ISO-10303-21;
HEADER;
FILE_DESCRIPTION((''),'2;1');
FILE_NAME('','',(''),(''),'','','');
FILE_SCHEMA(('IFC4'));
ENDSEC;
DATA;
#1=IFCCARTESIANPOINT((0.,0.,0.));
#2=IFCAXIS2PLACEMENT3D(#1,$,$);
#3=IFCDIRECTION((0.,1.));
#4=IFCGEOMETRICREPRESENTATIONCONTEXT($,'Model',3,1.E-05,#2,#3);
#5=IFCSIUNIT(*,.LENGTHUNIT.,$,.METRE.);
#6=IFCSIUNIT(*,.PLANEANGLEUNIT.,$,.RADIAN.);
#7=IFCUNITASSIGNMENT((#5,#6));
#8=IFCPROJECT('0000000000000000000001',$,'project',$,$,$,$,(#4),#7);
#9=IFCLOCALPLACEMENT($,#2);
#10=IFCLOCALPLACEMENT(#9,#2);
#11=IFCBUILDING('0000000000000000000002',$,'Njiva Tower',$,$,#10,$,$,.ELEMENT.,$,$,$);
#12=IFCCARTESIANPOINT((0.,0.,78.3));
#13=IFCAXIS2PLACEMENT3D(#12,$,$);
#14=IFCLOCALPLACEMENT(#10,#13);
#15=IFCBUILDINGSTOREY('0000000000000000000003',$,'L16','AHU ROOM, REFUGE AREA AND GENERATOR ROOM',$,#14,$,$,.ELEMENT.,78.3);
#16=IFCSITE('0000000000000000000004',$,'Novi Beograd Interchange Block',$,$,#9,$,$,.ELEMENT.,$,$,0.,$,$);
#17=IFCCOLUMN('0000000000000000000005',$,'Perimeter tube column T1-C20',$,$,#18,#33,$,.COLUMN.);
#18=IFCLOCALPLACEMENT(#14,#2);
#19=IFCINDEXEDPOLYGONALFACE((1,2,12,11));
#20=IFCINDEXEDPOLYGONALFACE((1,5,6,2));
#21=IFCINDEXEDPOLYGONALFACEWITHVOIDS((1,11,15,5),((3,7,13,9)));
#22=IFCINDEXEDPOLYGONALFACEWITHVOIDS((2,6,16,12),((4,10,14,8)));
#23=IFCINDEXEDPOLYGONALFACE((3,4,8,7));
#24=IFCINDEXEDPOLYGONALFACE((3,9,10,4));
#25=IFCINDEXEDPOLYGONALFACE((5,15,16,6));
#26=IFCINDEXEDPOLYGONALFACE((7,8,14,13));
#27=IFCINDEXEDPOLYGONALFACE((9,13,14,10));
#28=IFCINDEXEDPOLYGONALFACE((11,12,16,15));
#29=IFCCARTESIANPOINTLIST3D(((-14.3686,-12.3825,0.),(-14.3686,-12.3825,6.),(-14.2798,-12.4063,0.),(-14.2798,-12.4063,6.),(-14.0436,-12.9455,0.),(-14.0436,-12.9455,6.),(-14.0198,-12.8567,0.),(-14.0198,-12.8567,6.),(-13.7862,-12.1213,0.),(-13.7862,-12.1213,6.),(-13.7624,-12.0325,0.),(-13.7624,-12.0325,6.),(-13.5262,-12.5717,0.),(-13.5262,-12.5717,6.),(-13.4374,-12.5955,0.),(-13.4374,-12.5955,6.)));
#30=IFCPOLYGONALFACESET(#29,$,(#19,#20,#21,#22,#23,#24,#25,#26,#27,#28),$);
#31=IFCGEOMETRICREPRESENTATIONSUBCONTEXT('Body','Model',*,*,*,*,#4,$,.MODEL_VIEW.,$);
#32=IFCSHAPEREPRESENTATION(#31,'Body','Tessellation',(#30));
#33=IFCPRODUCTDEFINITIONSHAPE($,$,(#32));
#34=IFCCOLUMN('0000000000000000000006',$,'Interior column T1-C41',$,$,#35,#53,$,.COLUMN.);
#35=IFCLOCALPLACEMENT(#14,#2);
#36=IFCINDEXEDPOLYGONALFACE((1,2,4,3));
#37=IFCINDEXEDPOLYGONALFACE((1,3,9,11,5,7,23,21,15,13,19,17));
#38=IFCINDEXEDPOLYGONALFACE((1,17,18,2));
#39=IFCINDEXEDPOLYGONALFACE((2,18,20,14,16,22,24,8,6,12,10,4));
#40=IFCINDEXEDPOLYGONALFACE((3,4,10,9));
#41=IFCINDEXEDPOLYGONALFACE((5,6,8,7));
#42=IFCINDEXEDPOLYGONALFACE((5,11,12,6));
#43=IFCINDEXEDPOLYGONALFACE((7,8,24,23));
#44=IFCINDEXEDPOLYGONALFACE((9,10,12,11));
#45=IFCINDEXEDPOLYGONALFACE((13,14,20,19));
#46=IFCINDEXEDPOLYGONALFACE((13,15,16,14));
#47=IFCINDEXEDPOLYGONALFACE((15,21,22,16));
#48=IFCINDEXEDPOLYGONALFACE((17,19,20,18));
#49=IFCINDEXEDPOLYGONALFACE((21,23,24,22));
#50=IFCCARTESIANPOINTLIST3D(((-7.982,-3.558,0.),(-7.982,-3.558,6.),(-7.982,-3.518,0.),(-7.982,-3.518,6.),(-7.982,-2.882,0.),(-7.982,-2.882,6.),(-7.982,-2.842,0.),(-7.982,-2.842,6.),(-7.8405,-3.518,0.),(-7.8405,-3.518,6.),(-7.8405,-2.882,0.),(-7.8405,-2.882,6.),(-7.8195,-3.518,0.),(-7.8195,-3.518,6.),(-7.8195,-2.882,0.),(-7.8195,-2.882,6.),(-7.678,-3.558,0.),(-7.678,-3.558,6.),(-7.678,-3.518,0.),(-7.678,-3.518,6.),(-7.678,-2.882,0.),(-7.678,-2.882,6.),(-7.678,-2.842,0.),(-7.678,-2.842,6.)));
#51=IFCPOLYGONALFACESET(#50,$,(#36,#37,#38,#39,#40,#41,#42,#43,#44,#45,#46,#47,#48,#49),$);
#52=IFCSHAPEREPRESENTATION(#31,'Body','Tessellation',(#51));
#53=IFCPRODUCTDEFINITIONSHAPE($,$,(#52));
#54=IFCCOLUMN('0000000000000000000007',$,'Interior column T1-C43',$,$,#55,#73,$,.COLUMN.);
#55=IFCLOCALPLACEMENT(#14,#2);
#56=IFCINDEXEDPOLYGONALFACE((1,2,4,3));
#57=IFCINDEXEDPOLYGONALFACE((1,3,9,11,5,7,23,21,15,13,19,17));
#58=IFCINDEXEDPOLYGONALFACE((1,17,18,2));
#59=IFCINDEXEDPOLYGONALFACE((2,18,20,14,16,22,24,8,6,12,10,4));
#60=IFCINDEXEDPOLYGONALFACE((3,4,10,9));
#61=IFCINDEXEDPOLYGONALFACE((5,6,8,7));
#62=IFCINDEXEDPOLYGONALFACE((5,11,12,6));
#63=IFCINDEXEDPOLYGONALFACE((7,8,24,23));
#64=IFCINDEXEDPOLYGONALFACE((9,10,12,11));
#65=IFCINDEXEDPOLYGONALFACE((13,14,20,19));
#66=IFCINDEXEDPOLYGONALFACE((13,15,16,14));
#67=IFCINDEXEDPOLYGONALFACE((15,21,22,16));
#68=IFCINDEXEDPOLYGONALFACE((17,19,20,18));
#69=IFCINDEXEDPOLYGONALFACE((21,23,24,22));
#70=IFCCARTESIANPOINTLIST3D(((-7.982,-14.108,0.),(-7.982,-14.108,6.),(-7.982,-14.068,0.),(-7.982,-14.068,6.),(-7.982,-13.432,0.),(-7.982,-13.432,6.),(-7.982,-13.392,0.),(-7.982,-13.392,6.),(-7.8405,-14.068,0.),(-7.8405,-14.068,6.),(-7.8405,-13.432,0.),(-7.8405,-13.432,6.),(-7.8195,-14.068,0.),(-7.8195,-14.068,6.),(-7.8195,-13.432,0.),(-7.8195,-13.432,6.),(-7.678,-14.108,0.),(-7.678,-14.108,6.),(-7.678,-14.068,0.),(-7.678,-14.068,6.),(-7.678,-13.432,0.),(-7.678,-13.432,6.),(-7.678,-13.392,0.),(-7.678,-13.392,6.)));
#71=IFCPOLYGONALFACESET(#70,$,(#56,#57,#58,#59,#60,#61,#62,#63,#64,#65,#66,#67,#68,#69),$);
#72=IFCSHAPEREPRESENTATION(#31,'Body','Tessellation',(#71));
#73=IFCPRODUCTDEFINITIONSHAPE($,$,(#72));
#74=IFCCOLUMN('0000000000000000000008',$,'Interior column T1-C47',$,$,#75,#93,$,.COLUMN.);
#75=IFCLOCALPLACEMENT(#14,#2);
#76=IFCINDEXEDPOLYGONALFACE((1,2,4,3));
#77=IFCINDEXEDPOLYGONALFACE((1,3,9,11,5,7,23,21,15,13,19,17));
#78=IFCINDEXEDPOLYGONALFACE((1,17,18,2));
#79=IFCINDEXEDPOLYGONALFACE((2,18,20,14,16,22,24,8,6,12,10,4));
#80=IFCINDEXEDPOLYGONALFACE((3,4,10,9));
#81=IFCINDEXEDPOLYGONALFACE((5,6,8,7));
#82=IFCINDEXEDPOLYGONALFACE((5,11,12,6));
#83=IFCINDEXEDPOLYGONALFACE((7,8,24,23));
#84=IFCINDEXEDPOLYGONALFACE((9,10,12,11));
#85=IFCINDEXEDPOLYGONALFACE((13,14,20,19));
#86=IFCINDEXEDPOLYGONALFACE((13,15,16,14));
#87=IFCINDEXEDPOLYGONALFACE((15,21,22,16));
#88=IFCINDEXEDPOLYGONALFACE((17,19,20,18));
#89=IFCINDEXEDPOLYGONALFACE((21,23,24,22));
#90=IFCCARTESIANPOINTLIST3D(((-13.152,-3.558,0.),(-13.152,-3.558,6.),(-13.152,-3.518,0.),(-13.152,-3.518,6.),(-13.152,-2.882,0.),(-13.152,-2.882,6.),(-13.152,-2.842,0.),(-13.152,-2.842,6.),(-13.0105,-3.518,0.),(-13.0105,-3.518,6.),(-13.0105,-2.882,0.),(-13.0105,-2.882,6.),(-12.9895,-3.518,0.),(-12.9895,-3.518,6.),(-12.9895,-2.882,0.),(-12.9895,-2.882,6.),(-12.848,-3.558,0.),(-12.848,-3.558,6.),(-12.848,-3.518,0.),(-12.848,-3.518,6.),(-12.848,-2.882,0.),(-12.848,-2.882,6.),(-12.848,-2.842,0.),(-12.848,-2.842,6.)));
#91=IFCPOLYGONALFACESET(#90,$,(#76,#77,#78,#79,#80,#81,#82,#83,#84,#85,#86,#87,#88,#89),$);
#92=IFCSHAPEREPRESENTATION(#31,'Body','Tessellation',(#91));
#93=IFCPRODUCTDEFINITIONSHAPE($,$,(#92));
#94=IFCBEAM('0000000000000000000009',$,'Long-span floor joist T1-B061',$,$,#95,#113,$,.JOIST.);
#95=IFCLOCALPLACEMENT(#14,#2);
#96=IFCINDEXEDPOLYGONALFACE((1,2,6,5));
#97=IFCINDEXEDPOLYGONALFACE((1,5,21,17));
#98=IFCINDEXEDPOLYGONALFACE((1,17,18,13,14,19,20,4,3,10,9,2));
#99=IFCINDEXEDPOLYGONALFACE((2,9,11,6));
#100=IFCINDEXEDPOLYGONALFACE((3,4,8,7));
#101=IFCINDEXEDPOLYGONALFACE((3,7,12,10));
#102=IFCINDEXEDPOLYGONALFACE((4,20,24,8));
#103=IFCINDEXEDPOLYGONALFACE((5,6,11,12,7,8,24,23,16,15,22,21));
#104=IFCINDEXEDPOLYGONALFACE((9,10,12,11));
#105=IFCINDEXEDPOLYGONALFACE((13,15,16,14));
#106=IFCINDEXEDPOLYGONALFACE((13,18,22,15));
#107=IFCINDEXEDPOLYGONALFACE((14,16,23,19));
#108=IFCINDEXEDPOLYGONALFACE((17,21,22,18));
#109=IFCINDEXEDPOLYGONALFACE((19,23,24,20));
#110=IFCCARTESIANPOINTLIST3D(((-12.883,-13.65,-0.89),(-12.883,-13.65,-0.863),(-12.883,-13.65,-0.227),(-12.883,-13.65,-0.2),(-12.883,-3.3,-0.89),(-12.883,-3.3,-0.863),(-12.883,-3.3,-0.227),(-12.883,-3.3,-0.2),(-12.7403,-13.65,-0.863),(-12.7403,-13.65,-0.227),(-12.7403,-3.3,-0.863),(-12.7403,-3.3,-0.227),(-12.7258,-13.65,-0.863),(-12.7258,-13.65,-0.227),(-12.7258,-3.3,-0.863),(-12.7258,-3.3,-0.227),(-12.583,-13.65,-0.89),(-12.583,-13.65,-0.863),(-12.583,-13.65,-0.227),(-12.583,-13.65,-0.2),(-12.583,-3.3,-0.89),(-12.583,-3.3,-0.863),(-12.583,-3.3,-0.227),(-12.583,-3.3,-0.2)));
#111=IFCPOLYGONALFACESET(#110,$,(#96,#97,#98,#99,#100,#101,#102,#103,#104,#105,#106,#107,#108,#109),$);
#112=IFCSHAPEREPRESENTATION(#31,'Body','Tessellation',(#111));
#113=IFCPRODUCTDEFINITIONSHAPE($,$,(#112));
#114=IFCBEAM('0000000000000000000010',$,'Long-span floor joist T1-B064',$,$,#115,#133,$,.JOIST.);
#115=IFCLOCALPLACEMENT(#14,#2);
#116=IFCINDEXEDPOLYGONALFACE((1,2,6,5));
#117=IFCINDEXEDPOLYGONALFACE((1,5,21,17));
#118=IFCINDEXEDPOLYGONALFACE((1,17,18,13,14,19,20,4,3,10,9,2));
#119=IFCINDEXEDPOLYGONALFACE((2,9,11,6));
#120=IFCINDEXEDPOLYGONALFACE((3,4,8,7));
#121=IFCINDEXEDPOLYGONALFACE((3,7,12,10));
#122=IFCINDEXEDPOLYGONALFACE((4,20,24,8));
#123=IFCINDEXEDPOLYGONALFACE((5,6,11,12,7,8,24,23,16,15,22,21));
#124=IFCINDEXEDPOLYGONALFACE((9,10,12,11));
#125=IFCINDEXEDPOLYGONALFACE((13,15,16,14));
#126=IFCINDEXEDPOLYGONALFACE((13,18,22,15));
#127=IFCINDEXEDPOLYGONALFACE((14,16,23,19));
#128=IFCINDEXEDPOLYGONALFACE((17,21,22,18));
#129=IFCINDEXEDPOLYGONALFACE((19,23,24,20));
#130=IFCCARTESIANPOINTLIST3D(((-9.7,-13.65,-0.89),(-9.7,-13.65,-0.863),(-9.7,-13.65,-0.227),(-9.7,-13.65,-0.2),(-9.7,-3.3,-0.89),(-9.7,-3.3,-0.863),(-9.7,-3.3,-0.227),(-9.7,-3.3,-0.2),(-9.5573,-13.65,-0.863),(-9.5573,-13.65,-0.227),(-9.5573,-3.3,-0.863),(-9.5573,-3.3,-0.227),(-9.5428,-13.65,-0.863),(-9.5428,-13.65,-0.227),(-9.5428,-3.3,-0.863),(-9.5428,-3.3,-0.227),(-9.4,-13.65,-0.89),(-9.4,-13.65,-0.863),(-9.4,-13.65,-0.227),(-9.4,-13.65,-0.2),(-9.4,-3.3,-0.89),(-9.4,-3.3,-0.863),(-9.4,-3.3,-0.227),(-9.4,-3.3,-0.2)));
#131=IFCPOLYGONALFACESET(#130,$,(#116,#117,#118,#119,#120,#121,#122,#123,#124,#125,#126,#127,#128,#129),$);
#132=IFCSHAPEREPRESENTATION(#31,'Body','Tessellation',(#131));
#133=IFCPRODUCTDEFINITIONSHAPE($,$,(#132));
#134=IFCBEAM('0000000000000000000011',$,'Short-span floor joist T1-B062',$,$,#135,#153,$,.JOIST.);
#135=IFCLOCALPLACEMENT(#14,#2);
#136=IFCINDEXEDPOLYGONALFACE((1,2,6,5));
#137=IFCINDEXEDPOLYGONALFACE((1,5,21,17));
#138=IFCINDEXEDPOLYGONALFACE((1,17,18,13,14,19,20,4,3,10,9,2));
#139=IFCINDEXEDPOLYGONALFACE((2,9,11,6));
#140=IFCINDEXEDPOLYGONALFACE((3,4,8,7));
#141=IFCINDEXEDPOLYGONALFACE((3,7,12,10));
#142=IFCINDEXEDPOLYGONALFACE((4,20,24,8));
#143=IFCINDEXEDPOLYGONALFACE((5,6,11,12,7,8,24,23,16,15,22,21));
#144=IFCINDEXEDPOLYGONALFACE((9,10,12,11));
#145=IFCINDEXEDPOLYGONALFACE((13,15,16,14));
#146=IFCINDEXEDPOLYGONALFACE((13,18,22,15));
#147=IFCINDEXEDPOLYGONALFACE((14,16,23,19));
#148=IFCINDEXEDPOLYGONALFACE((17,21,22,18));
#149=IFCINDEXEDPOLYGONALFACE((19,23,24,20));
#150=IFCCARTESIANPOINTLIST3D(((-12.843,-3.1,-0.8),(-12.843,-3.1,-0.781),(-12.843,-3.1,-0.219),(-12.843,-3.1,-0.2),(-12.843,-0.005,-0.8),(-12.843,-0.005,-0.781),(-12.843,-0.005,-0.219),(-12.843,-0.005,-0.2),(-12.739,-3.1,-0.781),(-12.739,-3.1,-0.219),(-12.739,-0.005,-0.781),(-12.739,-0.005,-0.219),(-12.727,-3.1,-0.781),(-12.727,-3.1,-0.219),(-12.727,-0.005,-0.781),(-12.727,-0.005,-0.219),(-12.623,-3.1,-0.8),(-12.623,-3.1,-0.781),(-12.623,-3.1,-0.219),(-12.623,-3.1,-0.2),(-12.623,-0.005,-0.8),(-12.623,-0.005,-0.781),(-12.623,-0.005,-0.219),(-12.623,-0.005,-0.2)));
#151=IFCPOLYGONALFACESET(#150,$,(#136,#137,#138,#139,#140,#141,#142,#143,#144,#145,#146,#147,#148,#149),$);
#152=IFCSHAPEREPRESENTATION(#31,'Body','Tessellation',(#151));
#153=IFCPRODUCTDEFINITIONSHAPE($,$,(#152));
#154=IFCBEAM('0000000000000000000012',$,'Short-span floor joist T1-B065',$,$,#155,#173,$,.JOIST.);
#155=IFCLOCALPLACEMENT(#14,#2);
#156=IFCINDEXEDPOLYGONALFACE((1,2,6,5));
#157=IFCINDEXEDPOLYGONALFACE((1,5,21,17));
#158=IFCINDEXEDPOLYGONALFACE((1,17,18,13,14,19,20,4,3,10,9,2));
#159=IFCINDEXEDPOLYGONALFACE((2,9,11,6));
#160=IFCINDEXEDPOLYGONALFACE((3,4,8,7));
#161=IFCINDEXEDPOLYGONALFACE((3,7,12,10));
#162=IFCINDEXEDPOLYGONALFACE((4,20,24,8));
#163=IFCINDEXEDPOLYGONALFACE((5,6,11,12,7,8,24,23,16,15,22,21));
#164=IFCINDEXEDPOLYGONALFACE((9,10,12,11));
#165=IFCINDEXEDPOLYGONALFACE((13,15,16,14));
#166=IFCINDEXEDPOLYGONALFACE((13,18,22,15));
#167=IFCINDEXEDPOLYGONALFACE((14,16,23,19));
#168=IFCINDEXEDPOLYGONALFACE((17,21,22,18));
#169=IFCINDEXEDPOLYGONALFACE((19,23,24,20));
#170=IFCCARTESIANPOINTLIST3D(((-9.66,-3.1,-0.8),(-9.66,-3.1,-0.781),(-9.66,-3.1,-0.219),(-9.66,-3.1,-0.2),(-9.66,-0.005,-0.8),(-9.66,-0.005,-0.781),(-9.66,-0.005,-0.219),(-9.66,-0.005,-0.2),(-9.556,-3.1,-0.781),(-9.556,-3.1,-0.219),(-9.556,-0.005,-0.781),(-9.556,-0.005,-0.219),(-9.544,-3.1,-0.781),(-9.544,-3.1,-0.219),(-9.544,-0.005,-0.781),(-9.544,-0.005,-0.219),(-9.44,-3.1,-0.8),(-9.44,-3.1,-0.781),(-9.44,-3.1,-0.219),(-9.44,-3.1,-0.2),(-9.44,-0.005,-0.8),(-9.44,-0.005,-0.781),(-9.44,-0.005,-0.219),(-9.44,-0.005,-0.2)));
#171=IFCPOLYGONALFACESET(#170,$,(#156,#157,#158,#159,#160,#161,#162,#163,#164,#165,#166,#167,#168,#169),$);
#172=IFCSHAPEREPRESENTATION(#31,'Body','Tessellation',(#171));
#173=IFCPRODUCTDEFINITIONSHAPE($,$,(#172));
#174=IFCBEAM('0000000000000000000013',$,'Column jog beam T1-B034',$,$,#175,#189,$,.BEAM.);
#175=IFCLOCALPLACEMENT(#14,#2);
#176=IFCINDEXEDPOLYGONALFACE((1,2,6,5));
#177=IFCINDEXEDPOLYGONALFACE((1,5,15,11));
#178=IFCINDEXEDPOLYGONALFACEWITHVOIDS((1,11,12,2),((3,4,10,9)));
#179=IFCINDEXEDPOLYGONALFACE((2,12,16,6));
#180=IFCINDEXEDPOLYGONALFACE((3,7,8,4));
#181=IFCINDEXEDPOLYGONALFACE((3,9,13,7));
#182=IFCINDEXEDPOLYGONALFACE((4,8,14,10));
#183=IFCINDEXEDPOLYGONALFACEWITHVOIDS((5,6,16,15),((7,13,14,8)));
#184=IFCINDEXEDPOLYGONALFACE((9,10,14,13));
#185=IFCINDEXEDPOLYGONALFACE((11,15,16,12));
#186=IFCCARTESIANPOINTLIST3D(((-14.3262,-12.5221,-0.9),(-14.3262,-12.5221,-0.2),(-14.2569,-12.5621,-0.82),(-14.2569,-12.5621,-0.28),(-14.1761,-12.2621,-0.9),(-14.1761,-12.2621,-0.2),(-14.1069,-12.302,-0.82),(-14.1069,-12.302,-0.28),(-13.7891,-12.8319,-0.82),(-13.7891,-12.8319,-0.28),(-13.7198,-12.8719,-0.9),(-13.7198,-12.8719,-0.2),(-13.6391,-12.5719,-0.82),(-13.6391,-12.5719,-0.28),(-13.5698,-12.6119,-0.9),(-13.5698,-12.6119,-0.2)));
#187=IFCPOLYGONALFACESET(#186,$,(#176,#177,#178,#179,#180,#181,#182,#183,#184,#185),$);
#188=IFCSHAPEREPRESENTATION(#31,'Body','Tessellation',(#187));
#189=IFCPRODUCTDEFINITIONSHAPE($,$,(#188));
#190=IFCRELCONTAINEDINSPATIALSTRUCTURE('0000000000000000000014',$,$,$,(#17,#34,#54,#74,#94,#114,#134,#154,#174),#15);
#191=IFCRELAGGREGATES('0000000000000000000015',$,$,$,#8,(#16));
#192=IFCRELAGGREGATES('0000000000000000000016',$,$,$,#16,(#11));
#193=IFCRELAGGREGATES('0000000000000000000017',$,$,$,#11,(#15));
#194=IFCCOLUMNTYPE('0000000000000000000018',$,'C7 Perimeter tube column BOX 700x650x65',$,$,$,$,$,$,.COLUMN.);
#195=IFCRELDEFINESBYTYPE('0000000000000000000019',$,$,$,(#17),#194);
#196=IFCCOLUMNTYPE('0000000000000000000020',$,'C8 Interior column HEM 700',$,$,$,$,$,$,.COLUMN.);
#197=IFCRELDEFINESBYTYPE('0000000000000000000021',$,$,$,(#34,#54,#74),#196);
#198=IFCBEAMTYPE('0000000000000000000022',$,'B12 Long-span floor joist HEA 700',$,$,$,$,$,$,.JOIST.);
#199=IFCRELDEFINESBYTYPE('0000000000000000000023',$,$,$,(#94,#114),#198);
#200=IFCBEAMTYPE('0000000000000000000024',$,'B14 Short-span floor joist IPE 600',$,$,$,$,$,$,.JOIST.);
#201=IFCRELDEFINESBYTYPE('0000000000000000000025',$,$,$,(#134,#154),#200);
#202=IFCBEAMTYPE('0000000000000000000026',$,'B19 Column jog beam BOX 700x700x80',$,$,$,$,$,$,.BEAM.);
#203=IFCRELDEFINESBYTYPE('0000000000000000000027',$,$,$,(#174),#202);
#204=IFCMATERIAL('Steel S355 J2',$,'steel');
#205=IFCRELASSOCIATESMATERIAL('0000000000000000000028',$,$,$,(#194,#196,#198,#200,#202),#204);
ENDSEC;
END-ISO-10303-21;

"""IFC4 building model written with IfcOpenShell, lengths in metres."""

from ifc_helpers import new_model, si_unit, direction, frame, origin, origin_2d, place, context, subcontext, project, spatial, hollow_rectangle, i_section, extrude, material, material_profile, profile_set, type_object, element, save


model = new_model("IFC4")

# Units and contexts
model_context = context("Model", 3, precision=1e-05, world=origin(), true_north=direction((0.0, 1.0)))
body_context = subcontext(model_context, "Body", "Model", "MODEL_VIEW")
ifc_project = project(units=[si_unit("LENGTHUNIT", "METRE"), si_unit("PLANEANGLEUNIT", "RADIAN")], contexts=[model_context])

# Site, building, storey
site_placement = place(None, origin())
site = spatial("IfcSite", under=ifc_project, at=site_placement, Name="Novi Beograd Interchange Block", CompositionType="ELEMENT", RefElevation=0.0)
building_placement = place(site_placement, origin())
building = spatial("IfcBuilding", under=site, at=building_placement, Name="Njiva Tower", CompositionType="ELEMENT")
storey_placement = place(building_placement, frame((0.0, 0.0, 78.3)))
storey = spatial("IfcBuildingStorey", under=building, at=storey_placement, Name="L16", Description="AHU ROOM, REFUGE AREA AND GENERATOR ROOM", CompositionType="ELEMENT", Elevation=78.3)

# Columns
ifc_material_1 = material(Name="Steel S355 J2", Category="steel")
ifc_material_profile_1 = material_profile(ifc_material_1, hollow_rectangle(XDim=0.65, YDim=0.7, WallThickness=0.065, at=origin_2d()), Name="BOX 700x650x65")
ifc_profile_set_1 = profile_set([ifc_material_profile_1], Name="Steel S355 J2")
column_type_1 = type_object("IfcColumnType", Name="C7 Perimeter tube column BOX 700x650x65", PredefinedType="COLUMN", material=ifc_profile_set_1)
column_placement = place(storey_placement, frame((-13.903, -12.489, 0.0), z_axis=(0.0, 0.0, 1.0), x_axis=(0.5, -0.866025, 0.0)))
element("IfcColumn", 1, at=column_placement, inside=storey, type_object=column_type_1, Name="Perimeter tube column T1-C20", PredefinedType="COLUMN", context=body_context, shape_type="SweptSolid", body=[
    extrude(hollow_rectangle(XDim=0.65, YDim=0.7, WallThickness=0.065, at=origin_2d()), origin(), (0.0, 0.0, 1.0), 6.0),
])
ifc_material_profile_2 = material_profile(ifc_material_1, i_section(OverallWidth=0.304, OverallDepth=0.716, WebThickness=0.021, FlangeThickness=0.04, at=origin_2d()), Name="HEM 700")
ifc_profile_set_2 = profile_set([ifc_material_profile_2], Name="Steel S355 J2")
column_type_2 = type_object("IfcColumnType", Name="C8 Interior column HEM 700", PredefinedType="COLUMN", material=ifc_profile_set_2)
for number, where, z_axis, x_axis, name in (
    (2, (-7.83, -3.2, 0.0), (0.0, 0.0, 1.0), (1.0, 0.0, 0.0), "Interior column T1-C41"),
    (3, (-7.83, -13.75, 0.0), (0.0, 0.0, 1.0), (1.0, 0.0, 0.0), "Interior column T1-C43"),
    (4, (-13.0, -3.2, 0.0), (0.0, 0.0, 1.0), (1.0, 0.0, 0.0), "Interior column T1-C47"),
):
    element("IfcColumn", number, at=place(storey_placement, frame(where, z_axis=z_axis, x_axis=x_axis)), inside=storey, type_object=column_type_2, Name=name, PredefinedType="COLUMN", context=body_context, shape_type="SweptSolid", body=[
        extrude(i_section(OverallWidth=0.304, OverallDepth=0.716, WebThickness=0.021, FlangeThickness=0.04, at=origin_2d()), origin(), (0.0, 0.0, 1.0), 6.0),
    ])

# Beams
ifc_material_profile_3 = material_profile(ifc_material_1, i_section(OverallWidth=0.3, OverallDepth=0.69, WebThickness=0.0145, FlangeThickness=0.027, at=origin_2d()), Name="HEA 700")
ifc_profile_set_3 = profile_set([ifc_material_profile_3], Name="Steel S355 J2")
beam_type_1 = type_object("IfcBeamType", Name="B12 Long-span floor joist HEA 700", PredefinedType="JOIST", material=ifc_profile_set_3)
for number, where, z_axis, x_axis, name in (
    (5, (-12.733, -3.3, -0.545), (0.0, -1.0, 0.0), (1.0, 0.0, 0.0), "Long-span floor joist T1-B061"),
    (6, (-9.55, -3.3, -0.545), (0.0, -1.0, 0.0), (1.0, 0.0, 0.0), "Long-span floor joist T1-B064"),
):
    element("IfcBeam", number, at=place(storey_placement, frame(where, z_axis=z_axis, x_axis=x_axis)), inside=storey, type_object=beam_type_1, Name=name, PredefinedType="JOIST", context=body_context, shape_type="SweptSolid", body=[
        extrude(i_section(OverallWidth=0.3, OverallDepth=0.69, WebThickness=0.0145, FlangeThickness=0.027, at=origin_2d()), origin(), (0.0, 0.0, 1.0), 10.35),
    ])
ifc_material_profile_4 = material_profile(ifc_material_1, i_section(OverallWidth=0.22, OverallDepth=0.6, WebThickness=0.012, FlangeThickness=0.019, at=origin_2d()), Name="IPE 600")
ifc_profile_set_4 = profile_set([ifc_material_profile_4], Name="Steel S355 J2")
beam_type_2 = type_object("IfcBeamType", Name="B14 Short-span floor joist IPE 600", PredefinedType="JOIST", material=ifc_profile_set_4)
for number, where, z_axis, x_axis, name in (
    (7, (-12.733, -0.005, -0.5), (0.0, -1.0, 0.0), (1.0, 0.0, 0.0), "Short-span floor joist T1-B062"),
    (8, (-9.55, -0.005, -0.5), (0.0, -1.0, 0.0), (1.0, 0.0, 0.0), "Short-span floor joist T1-B065"),
):
    element("IfcBeam", number, at=place(storey_placement, frame(where, z_axis=z_axis, x_axis=x_axis)), inside=storey, type_object=beam_type_2, Name=name, PredefinedType="JOIST", context=body_context, shape_type="SweptSolid", body=[
        extrude(i_section(OverallWidth=0.22, OverallDepth=0.6, WebThickness=0.012, FlangeThickness=0.019, at=origin_2d()), origin(), (0.0, 0.0, 1.0), 3.095),
    ])
ifc_material_profile_5 = material_profile(ifc_material_1, hollow_rectangle(XDim=0.7, YDim=0.7, WallThickness=0.08, at=origin_2d()), Name="BOX 700x700x80")
ifc_profile_set_5 = profile_set([ifc_material_profile_5], Name="Steel S355 J2")
beam_type_3 = type_object("IfcBeamType", Name="B19 Column jog beam BOX 700x700x80", PredefinedType="BEAM", material=ifc_profile_set_5)
beam_1_placement = place(storey_placement, frame((-14.023, -12.697, -0.55), z_axis=(0.499722, 0.866186, 0.0), x_axis=(-0.866186, 0.499722, 0.0)))
element("IfcBeam", 9, at=beam_1_placement, inside=storey, type_object=beam_type_3, Name="Column jog beam T1-B034", PredefinedType="BEAM", context=body_context, shape_type="SweptSolid", body=[
    extrude(hollow_rectangle(XDim=0.7, YDim=0.7, WallThickness=0.08, at=origin_2d()), origin(), (0.0, 0.0, 1.0), 0.3002),
])

save(model, "model.ifc")
